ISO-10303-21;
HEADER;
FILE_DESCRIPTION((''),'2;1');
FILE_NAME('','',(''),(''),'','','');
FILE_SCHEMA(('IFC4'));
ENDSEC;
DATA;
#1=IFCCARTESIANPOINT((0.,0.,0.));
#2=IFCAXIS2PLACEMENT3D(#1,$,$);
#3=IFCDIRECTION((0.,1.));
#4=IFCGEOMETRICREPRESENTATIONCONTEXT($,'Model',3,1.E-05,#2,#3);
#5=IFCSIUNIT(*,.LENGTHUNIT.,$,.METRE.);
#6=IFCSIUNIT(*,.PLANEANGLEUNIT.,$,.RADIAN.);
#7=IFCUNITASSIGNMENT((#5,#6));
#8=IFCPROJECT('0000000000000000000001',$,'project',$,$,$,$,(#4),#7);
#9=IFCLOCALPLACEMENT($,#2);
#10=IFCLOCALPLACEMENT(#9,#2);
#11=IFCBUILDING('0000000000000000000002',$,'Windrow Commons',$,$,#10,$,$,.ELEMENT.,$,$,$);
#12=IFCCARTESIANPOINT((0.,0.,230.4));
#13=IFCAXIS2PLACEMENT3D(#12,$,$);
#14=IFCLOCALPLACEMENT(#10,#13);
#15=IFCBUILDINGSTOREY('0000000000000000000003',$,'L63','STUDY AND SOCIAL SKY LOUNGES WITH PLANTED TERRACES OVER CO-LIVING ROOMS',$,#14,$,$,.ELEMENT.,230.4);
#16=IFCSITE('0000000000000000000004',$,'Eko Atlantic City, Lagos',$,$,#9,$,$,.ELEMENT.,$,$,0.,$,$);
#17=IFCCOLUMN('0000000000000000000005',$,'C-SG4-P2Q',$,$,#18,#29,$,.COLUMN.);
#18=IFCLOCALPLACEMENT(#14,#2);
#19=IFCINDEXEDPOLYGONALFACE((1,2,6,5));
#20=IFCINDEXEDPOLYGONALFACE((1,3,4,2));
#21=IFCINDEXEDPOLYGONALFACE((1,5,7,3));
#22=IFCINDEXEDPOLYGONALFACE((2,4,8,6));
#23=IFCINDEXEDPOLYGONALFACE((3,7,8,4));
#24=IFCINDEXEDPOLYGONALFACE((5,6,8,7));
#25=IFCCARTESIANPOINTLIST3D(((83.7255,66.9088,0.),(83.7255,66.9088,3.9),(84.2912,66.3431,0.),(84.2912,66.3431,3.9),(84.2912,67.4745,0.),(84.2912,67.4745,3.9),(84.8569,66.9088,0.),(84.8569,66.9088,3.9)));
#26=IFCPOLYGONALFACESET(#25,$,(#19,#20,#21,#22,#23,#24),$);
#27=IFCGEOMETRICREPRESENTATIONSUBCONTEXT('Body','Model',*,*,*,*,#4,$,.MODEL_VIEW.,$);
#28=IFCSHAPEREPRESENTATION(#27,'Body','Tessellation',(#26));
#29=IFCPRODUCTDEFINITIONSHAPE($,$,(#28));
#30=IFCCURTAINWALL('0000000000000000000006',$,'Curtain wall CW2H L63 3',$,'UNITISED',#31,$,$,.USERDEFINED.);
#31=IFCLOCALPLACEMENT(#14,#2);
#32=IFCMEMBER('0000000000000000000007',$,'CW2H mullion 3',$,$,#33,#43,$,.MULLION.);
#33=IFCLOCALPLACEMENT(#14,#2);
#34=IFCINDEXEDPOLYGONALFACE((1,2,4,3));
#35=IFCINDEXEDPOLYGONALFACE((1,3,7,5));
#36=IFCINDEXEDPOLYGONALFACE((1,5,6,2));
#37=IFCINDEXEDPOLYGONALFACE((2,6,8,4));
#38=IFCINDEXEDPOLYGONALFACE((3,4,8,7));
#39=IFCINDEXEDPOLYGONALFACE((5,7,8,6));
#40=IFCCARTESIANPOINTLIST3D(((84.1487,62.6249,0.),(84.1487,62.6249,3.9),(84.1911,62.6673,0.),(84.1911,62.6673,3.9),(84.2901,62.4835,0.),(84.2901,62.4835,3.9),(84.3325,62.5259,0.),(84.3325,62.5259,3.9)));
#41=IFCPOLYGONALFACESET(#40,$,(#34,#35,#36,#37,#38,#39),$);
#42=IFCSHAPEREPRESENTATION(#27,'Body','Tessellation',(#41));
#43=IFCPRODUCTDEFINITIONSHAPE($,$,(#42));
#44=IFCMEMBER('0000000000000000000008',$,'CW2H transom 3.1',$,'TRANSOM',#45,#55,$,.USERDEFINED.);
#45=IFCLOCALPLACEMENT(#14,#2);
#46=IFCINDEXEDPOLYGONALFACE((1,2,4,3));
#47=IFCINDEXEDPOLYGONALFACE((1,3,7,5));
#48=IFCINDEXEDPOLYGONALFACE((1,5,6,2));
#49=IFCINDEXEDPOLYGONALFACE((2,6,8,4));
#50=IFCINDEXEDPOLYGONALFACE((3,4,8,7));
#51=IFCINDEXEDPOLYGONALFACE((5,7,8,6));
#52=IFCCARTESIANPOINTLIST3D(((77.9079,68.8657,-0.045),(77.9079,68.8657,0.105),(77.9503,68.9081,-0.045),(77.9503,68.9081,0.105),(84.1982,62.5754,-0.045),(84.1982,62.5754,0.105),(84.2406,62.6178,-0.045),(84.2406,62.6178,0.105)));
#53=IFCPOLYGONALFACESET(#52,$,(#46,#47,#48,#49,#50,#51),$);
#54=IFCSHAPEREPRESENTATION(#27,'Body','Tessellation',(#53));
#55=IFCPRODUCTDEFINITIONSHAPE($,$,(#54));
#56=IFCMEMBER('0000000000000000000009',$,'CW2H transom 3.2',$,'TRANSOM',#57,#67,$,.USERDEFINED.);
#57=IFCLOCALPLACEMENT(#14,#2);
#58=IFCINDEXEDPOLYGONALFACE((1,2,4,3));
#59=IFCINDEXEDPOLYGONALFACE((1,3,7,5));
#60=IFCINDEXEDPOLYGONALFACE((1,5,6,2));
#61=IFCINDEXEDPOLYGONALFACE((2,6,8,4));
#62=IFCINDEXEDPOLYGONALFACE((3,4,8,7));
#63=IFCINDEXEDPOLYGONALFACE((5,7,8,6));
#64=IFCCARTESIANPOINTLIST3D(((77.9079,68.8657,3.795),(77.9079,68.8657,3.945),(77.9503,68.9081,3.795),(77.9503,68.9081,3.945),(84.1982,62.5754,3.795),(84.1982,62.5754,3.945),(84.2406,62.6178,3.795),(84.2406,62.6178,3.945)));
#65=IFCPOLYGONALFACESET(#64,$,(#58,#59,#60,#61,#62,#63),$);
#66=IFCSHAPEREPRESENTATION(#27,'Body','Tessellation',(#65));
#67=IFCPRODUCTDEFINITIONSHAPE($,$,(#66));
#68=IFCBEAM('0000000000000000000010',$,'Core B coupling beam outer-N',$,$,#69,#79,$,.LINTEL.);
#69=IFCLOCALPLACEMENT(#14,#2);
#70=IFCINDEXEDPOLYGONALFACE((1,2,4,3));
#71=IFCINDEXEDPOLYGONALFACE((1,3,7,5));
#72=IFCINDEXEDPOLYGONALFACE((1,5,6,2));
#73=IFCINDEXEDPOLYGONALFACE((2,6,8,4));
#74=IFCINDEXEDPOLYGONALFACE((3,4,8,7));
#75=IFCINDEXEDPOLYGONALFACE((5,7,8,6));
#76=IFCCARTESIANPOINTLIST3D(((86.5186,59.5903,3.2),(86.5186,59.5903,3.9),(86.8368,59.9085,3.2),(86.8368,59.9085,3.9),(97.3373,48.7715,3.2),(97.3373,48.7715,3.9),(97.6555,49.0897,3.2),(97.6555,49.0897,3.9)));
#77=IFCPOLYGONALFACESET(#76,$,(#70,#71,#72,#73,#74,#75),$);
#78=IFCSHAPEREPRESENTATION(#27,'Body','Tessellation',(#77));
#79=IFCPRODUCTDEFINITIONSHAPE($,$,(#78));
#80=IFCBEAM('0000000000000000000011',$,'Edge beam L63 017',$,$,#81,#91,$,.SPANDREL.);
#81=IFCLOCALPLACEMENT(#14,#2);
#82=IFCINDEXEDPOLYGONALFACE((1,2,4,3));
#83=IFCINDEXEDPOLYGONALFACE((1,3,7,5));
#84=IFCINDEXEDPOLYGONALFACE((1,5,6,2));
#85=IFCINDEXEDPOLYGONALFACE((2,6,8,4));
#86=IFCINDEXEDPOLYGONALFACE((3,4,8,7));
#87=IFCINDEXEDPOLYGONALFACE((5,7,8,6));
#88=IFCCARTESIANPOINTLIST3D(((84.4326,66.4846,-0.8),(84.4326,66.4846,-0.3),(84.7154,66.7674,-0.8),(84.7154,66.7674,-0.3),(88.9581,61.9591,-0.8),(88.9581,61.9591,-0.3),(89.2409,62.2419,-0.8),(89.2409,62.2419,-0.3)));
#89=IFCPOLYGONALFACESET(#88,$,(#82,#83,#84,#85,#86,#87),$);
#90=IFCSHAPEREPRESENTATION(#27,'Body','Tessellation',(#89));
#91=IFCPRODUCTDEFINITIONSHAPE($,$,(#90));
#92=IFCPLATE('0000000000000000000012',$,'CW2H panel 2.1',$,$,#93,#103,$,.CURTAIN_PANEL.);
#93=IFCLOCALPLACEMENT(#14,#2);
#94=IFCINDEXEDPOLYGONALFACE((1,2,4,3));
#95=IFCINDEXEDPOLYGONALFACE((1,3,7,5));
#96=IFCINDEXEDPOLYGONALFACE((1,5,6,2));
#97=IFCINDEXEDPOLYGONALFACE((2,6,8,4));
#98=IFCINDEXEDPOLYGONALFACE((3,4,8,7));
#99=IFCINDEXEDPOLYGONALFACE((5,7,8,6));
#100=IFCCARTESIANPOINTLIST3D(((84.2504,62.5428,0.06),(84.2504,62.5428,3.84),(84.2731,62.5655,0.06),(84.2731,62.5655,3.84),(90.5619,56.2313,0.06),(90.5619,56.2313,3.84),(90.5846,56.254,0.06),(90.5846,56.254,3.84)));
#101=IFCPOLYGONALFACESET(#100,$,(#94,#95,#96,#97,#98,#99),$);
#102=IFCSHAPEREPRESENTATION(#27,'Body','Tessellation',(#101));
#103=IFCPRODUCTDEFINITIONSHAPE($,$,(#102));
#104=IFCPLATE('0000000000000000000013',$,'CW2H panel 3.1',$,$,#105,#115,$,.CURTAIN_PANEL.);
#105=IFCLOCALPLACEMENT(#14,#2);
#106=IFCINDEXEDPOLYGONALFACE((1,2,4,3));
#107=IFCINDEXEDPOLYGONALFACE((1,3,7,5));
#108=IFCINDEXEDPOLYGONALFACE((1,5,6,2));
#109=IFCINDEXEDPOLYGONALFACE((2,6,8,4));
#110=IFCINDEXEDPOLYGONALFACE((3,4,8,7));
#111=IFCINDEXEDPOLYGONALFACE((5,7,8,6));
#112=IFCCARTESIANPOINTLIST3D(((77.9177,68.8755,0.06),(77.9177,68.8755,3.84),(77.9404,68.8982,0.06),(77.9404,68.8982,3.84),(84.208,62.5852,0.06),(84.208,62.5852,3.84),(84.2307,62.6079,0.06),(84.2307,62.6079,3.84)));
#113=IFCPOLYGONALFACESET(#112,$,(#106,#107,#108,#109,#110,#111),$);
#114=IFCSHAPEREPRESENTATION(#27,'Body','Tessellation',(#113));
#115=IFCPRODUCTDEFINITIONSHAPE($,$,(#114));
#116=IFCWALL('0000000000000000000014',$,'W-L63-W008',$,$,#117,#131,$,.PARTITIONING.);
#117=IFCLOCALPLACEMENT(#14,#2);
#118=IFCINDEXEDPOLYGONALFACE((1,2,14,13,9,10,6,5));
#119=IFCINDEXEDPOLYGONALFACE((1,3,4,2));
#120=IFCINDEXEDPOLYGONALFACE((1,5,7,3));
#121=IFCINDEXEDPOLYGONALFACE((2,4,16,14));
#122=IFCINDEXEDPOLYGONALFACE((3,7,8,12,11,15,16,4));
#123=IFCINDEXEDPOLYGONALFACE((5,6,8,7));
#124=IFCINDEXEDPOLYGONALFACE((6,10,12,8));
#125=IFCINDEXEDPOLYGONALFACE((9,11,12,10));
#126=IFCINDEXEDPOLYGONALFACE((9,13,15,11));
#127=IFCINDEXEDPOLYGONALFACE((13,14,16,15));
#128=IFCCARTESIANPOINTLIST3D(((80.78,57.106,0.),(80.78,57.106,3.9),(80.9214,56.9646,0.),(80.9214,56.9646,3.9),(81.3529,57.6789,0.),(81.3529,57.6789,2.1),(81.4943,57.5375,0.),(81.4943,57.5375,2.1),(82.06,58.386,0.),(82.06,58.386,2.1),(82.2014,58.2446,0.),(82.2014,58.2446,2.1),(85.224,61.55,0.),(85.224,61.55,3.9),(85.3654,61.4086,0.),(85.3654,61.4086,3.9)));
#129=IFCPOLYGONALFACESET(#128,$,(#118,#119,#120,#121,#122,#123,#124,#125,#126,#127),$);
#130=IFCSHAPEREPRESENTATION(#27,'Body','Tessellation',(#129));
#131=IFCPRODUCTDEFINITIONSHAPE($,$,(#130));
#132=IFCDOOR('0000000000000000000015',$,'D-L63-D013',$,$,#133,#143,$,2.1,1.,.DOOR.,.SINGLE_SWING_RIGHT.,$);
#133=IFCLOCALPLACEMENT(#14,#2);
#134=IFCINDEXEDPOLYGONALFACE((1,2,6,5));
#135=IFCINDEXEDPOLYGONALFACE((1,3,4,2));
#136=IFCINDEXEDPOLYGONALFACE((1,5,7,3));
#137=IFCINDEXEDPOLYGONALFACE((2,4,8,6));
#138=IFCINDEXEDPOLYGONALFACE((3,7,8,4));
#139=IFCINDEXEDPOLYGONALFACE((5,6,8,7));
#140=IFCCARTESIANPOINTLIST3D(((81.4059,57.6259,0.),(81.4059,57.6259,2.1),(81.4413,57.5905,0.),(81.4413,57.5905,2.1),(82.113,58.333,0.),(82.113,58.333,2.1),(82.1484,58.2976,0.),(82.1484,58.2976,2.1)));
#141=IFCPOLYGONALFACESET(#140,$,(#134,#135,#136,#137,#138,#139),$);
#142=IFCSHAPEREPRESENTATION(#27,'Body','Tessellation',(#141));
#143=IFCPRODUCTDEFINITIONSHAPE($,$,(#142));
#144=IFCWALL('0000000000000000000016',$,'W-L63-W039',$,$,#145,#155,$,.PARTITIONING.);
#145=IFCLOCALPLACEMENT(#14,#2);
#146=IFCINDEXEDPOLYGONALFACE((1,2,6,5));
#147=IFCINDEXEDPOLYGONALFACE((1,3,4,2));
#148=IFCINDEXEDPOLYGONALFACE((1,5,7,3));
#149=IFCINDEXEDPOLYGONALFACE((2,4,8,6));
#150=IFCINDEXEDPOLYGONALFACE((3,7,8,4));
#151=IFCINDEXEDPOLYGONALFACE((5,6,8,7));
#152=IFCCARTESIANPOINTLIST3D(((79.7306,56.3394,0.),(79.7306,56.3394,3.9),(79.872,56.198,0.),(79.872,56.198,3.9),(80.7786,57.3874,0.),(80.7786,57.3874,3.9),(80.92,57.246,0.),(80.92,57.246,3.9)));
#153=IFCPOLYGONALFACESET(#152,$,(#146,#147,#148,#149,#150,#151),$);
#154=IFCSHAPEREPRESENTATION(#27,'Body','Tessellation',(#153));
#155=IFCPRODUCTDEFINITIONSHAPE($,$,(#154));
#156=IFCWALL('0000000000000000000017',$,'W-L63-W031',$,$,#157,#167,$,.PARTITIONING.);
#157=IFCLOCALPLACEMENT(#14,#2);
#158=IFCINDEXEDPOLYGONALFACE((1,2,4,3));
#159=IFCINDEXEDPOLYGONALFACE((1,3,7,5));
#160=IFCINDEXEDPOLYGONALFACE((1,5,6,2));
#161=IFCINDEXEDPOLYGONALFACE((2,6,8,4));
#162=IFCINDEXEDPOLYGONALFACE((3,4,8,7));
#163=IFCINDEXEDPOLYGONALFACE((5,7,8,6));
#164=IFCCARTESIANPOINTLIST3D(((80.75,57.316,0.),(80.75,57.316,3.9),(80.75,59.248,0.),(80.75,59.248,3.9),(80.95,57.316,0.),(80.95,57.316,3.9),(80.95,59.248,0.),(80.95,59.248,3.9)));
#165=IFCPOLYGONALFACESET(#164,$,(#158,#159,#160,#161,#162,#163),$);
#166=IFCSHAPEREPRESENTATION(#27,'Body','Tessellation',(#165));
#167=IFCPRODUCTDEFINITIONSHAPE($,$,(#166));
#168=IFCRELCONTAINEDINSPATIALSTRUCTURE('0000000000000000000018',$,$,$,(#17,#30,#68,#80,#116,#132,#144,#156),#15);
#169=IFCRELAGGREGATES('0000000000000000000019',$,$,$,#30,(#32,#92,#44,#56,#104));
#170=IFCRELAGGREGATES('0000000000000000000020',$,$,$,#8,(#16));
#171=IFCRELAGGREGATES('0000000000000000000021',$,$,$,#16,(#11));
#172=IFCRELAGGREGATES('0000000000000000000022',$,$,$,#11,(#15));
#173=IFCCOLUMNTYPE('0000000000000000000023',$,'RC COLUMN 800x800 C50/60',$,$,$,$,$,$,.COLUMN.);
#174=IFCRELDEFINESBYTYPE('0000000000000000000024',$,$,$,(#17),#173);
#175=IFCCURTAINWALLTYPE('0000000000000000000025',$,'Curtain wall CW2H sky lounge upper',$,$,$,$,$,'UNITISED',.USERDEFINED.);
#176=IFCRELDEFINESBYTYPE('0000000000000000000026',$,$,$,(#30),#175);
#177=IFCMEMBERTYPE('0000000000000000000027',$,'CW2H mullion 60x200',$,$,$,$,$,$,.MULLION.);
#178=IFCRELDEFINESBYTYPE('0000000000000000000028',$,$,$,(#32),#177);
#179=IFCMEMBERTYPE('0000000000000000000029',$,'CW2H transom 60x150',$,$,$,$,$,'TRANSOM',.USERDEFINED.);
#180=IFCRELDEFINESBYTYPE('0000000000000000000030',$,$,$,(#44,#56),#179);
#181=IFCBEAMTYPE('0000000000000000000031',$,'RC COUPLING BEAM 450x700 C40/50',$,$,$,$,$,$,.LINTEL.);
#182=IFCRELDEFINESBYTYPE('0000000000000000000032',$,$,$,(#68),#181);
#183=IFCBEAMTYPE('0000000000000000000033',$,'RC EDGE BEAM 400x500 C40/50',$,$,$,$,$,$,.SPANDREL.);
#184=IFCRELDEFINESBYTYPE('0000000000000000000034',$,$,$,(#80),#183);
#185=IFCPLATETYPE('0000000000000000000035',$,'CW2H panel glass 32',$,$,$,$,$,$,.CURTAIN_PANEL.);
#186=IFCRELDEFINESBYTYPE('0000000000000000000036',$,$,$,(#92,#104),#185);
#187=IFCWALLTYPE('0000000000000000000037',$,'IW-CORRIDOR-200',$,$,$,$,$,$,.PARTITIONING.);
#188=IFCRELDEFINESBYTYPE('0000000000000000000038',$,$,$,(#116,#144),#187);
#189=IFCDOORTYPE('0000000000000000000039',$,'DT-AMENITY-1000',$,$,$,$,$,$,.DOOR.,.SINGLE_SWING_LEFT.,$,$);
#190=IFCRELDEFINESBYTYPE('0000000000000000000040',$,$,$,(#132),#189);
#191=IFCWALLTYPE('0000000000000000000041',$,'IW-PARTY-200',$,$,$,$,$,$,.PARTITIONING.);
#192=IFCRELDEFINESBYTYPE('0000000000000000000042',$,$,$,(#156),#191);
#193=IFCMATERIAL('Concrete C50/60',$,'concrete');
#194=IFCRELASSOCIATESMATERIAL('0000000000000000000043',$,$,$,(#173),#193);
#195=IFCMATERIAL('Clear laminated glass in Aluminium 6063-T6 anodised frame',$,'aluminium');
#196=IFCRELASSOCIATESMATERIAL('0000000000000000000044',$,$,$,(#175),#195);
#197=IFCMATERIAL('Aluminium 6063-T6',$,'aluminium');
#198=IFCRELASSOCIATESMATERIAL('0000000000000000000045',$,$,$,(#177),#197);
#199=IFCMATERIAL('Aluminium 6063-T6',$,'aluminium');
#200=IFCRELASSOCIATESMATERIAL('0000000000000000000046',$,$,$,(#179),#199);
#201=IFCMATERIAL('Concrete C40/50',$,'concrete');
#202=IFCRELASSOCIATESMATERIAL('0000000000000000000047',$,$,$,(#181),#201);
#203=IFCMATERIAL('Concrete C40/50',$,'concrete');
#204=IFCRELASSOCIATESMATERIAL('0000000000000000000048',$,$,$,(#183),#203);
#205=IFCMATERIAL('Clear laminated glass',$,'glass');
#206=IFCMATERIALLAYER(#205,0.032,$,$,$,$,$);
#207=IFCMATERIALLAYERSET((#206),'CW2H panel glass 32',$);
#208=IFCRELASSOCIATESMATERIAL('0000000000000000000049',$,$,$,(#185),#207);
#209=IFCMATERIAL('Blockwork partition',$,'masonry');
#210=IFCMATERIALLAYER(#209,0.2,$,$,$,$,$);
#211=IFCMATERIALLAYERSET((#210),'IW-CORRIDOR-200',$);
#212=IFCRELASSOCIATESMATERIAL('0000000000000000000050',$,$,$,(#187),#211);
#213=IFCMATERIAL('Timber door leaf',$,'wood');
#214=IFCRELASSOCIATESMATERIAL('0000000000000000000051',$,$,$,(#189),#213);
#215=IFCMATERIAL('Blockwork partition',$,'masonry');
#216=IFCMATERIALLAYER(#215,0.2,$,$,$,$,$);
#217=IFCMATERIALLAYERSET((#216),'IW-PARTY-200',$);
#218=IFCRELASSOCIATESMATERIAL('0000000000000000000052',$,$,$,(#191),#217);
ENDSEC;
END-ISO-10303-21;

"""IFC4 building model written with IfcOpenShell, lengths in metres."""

from ifc_helpers import new_model, si_unit, direction, frame, frame_2d, origin, origin_2d, place, context, subcontext, project, spatial, rectangle, extrude, material, layer, layer_set, material_profile, profile_set, type_object, element, fill, aggregate, save


model = new_model("IFC4")

# Units and contexts
model_context = context("Model", 3, precision=1e-05, world=origin(), true_north=direction((0.0, 1.0)))
body_context = subcontext(model_context, "Body", "Model", "MODEL_VIEW")
ifc_project = project(units=[si_unit("LENGTHUNIT", "METRE"), si_unit("PLANEANGLEUNIT", "RADIAN")], contexts=[model_context])

# Site, building, storey
site_placement = place(None, origin())
site = spatial("IfcSite", under=ifc_project, at=site_placement, Name="Eko Atlantic City, Lagos", CompositionType="ELEMENT", RefElevation=0.0)
building_placement = place(site_placement, origin())
building = spatial("IfcBuilding", under=site, at=building_placement, Name="Windrow Commons", CompositionType="ELEMENT")
storey_placement = place(building_placement, frame((0.0, 0.0, 230.4)))
storey = spatial("IfcBuildingStorey", under=building, at=storey_placement, Name="L63", Description="STUDY AND SOCIAL SKY LOUNGES WITH PLANTED TERRACES OVER CO-LIVING ROOMS", CompositionType="ELEMENT", Elevation=230.4)

# Column
ifc_material_1 = material(Name="Concrete C50/60", Category="concrete")
ifc_material_profile_1 = material_profile(ifc_material_1, rectangle(XDim=0.8, YDim=0.8, at=origin_2d()))
ifc_profile_set_1 = profile_set([ifc_material_profile_1], Name="Concrete C50/60")
column_type = type_object("IfcColumnType", Name="RC COLUMN 800x800 C50/60", PredefinedType="COLUMN", material=ifc_profile_set_1)
column_placement = place(storey_placement, frame((84.2912, 66.9088, 0.0), z_axis=(0.0, 0.0, 1.0), x_axis=(0.707107, -0.707107, 0.0)))
element("IfcColumn", 1, at=column_placement, inside=storey, type_object=column_type, Name="C-SG4-P2Q", PredefinedType="COLUMN", context=body_context, shape_type="SweptSolid", body=[
    extrude(rectangle(XDim=0.8, YDim=0.8, at=origin_2d()), origin(), (0.0, 0.0, 1.0), 3.9),
])

# Curtain wall, members
ifc_material_2 = material(Name="Clear laminated glass in Aluminium 6063-T6 anodised frame", Category="aluminium")
curtain_wall_type = type_object("IfcCurtainWallType", Name="Curtain wall CW2H sky lounge upper", ElementType="UNITISED", PredefinedType="USERDEFINED", material=ifc_material_2)
placement = place(storey_placement, origin())
curtain_wall = element("IfcCurtainWall", 2, at=placement, inside=storey, type_object=curtain_wall_type, Name="Curtain wall CW2H L63 3", ObjectType="UNITISED", PredefinedType="USERDEFINED")
ifc_material_3 = material(Name="Aluminium 6063-T6", Category="aluminium")
ifc_material_profile_2 = material_profile(ifc_material_3, rectangle(XDim=0.06, YDim=0.2, at=origin_2d()))
ifc_profile_set_2 = profile_set([ifc_material_profile_2], Name="Aluminium 6063-T6")
member_type_1 = type_object("IfcMemberType", Name="CW2H mullion 60x200", PredefinedType="MULLION", material=ifc_profile_set_2)
member_1_placement = place(storey_placement, frame((84.2406, 62.5754, 0.0), z_axis=(0.0, 0.0, 1.0), x_axis=(-0.707107, -0.707107, 0.0)))
member_1 = element("IfcMember", 3, at=member_1_placement, type_object=member_type_1, Name="CW2H mullion 3", PredefinedType="MULLION", context=body_context, shape_type="SweptSolid", body=[
    extrude(rectangle(XDim=0.06, YDim=0.2, at=origin_2d()), origin(), (0.0, 0.0, 1.0), 3.9),
])
ifc_material_4 = material(Name="Aluminium 6063-T6", Category="aluminium")
ifc_material_profile_3 = material_profile(ifc_material_4, rectangle(XDim=0.06, YDim=0.15, at=origin_2d()))
ifc_profile_set_3 = profile_set([ifc_material_profile_3], Name="Aluminium 6063-T6")
member_type_2 = type_object("IfcMemberType", Name="CW2H transom 60x150", ElementType="TRANSOM", PredefinedType="USERDEFINED", material=ifc_profile_set_3)
member_2_placement = place(storey_placement, frame((84.2194, 62.5966, 0.03), z_axis=(-0.707107, 0.707107, 0.0), x_axis=(-0.707107, -0.707107, 0.0)))
member_2 = element("IfcMember", 4, at=member_2_placement, type_object=member_type_2, Name="CW2H transom 3.1", ObjectType="TRANSOM", PredefinedType="USERDEFINED", context=body_context, shape_type="SweptSolid", body=[
    extrude(rectangle(XDim=0.06, YDim=0.15, at=origin_2d()), origin(), (0.0, 0.0, 1.0), 8.8958),
])
member_3_placement = place(storey_placement, frame((84.2194, 62.5966, 3.87), z_axis=(-0.707107, 0.707107, 0.0), x_axis=(-0.707107, -0.707107, 0.0)))
member_3 = element("IfcMember", 5, at=member_3_placement, type_object=member_type_2, Name="CW2H transom 3.2", ObjectType="TRANSOM", PredefinedType="USERDEFINED", context=body_context, shape_type="SweptSolid", body=[
    extrude(rectangle(XDim=0.06, YDim=0.15, at=origin_2d()), origin(), (0.0, 0.0, 1.0), 8.8958),
])

# Beams
ifc_material_5 = material(Name="Concrete C40/50", Category="concrete")
ifc_material_profile_4 = material_profile(ifc_material_5, rectangle(XDim=0.45, YDim=0.7, at=origin_2d()))
ifc_profile_set_4 = profile_set([ifc_material_profile_4], Name="Concrete C40/50")
beam_type_1 = type_object("IfcBeamType", Name="RC COUPLING BEAM 450x700 C40/50", PredefinedType="LINTEL", material=ifc_profile_set_4)
beam_1_placement = place(storey_placement, frame((86.6777, 59.7494, 3.55), z_axis=(0.707104, -0.70711, 0.0), x_axis=(0.70711, 0.707104, 0.0)))
element("IfcBeam", 6, at=beam_1_placement, inside=storey, type_object=beam_type_1, Name="Core B coupling beam outer-N", PredefinedType="LINTEL", context=body_context, shape_type="SweptSolid", body=[
    extrude(rectangle(XDim=0.45, YDim=0.7, at=origin_2d()), origin(), (0.0, 0.0, 1.0), 15.3),
])
ifc_material_6 = material(Name="Concrete C40/50", Category="concrete")
ifc_material_profile_5 = material_profile(ifc_material_6, rectangle(XDim=0.4, YDim=0.5, at=origin_2d()))
ifc_profile_set_5 = profile_set([ifc_material_profile_5], Name="Concrete C40/50")
beam_type_2 = type_object("IfcBeamType", Name="RC EDGE BEAM 400x500 C40/50", PredefinedType="SPANDREL", material=ifc_profile_set_5)
beam_2_placement = place(storey_placement, frame((84.574, 66.626, -0.55), z_axis=(0.707107, -0.707107, 0.0), x_axis=(0.707107, 0.707107, 0.0)))
element("IfcBeam", 7, at=beam_2_placement, inside=storey, type_object=beam_type_2, Name="Edge beam L63 017", PredefinedType="SPANDREL", context=body_context, shape_type="SweptSolid", body=[
    extrude(rectangle(XDim=0.4, YDim=0.5, at=origin_2d()), origin(), (0.0, 0.0, 1.0), 6.4),
])

# Plates
ifc_material_7 = material(Name="Clear laminated glass", Category="glass")
ifc_layer_1 = layer(ifc_material_7, 0.032)
ifc_layer_set_1 = layer_set([ifc_layer_1], Name="CW2H panel glass 32")
plate_type = type_object("IfcPlateType", Name="CW2H panel glass 32", PredefinedType="CURTAIN_PANEL", material=ifc_layer_set_1)
plate_1_placement = place(storey_placement, frame((87.4175, 59.3984, 0.06), z_axis=(0.0, 0.0, 1.0), x_axis=(-0.707107, 0.707107, 0.0)))
plate_1 = element("IfcPlate", 8, at=plate_1_placement, type_object=plate_type, Name="CW2H panel 2.1", PredefinedType="CURTAIN_PANEL", context=body_context, shape_type="SweptSolid", body=[
    extrude(rectangle(XDim=8.9258, YDim=0.032, at=origin_2d()), origin(), (0.0, 0.0, 1.0), 3.78),
])
plate_2_placement = place(storey_placement, frame((81.0742, 65.7417, 0.06), z_axis=(0.0, 0.0, 1.0), x_axis=(-0.707107, 0.707107, 0.0)))
plate_2 = element("IfcPlate", 9, at=plate_2_placement, type_object=plate_type, Name="CW2H panel 3.1", PredefinedType="CURTAIN_PANEL", context=body_context, shape_type="SweptSolid", body=[
    extrude(rectangle(XDim=8.8958, YDim=0.032, at=origin_2d()), origin(), (0.0, 0.0, 1.0), 3.78),
])
aggregate(curtain_wall, [member_1, plate_1, member_2, member_3, plate_2])

# Wall, opening, door
ifc_material_8 = material(Name="Blockwork partition", Category="masonry")
ifc_layer_2 = layer(ifc_material_8, 0.2)
ifc_layer_set_2 = layer_set([ifc_layer_2], Name="IW-CORRIDOR-200")
wall_type_1 = type_object("IfcWallType", Name="IW-CORRIDOR-200", PredefinedType="PARTITIONING", material=ifc_layer_set_2)
wall_1_placement = place(storey_placement, frame((80.8507, 57.0353, 0.0), z_axis=(0.0, 0.0, 1.0), x_axis=(0.707107, 0.707107, 0.0)))
wall_1 = element("IfcWall", 10, at=wall_1_placement, inside=storey, type_object=wall_type_1, Name="W-L63-W008", PredefinedType="PARTITIONING", context=body_context, shape_type="SweptSolid", body=[
    extrude(rectangle(XDim=6.2848, YDim=0.2, at=frame_2d((3.1424, 0.0))), origin(), (0.0, 0.0, 1.0), 3.9),
])
opening_1_placement = place(wall_1_placement, frame((0.8102, 0.0, 0.0)))
opening_1 = element("IfcOpeningElement", 11, at=opening_1_placement, cuts=wall_1, PredefinedType="OPENING", context=body_context, shape_type="SweptSolid", body=[
    extrude(rectangle(XDim=1.0, YDim=2.1, at=frame_2d((0.5, 1.05))), frame((0.0, 0.11, 0.0), z_axis=(0.0, -1.0, 0.0), x_axis=(1.0, 0.0, 0.0)), (0.0, 0.0, 1.0), 0.22),
])
ifc_material_9 = material(Name="Timber door leaf", Category="wood")
door_type_1 = type_object("IfcDoorType", Name="DT-AMENITY-1000", OperationType="SINGLE_SWING_LEFT", PredefinedType="DOOR", material=ifc_material_9)
door_1_placement = place(opening_1_placement, origin())
door_1 = element("IfcDoor", 12, at=door_1_placement, inside=storey, type_object=door_type_1, Name="D-L63-D013", OperationType="SINGLE_SWING_RIGHT", OverallHeight=2.1, OverallWidth=1.0, PredefinedType="DOOR", context=body_context, shape_type="SweptSolid", body=[
    extrude(rectangle(XDim=1.0, YDim=2.1, at=frame_2d((0.5, 1.05))), frame((0.0, 0.025, 0.0), z_axis=(0.0, -1.0, 0.0), x_axis=(1.0, 0.0, 0.0)), (0.0, 0.0, 1.0), 0.05),
])
fill(opening_1, door_1)

# Walls
wall_2_placement = place(storey_placement, frame((79.8013, 56.2687, 0.0), z_axis=(0.0, 0.0, 1.0), x_axis=(0.707107, 0.707107, 0.0)))
element("IfcWall", 13, at=wall_2_placement, inside=storey, type_object=wall_type_1, Name="W-L63-W039", PredefinedType="PARTITIONING", context=body_context, shape_type="SweptSolid", body=[
    extrude(rectangle(XDim=1.4821, YDim=0.2, at=frame_2d((0.741, 0.0))), origin(), (0.0, 0.0, 1.0), 3.9),
])
ifc_material_10 = material(Name="Blockwork partition", Category="masonry")
ifc_layer_3 = layer(ifc_material_10, 0.2)
ifc_layer_set_3 = layer_set([ifc_layer_3], Name="IW-PARTY-200")
wall_type_2 = type_object("IfcWallType", Name="IW-PARTY-200", PredefinedType="PARTITIONING", material=ifc_layer_set_3)
wall_3_placement = place(storey_placement, frame((80.85, 57.316, 0.0), z_axis=(0.0, 0.0, 1.0), x_axis=(0.0, 1.0, 0.0)))
element("IfcWall", 14, at=wall_3_placement, inside=storey, type_object=wall_type_2, Name="W-L63-W031", PredefinedType="PARTITIONING", context=body_context, shape_type="SweptSolid", body=[
    extrude(rectangle(XDim=1.932, YDim=0.2, at=frame_2d((0.966, 0.0))), origin(), (0.0, 0.0, 1.0), 3.9),
])

save(model, "model.ifc")
